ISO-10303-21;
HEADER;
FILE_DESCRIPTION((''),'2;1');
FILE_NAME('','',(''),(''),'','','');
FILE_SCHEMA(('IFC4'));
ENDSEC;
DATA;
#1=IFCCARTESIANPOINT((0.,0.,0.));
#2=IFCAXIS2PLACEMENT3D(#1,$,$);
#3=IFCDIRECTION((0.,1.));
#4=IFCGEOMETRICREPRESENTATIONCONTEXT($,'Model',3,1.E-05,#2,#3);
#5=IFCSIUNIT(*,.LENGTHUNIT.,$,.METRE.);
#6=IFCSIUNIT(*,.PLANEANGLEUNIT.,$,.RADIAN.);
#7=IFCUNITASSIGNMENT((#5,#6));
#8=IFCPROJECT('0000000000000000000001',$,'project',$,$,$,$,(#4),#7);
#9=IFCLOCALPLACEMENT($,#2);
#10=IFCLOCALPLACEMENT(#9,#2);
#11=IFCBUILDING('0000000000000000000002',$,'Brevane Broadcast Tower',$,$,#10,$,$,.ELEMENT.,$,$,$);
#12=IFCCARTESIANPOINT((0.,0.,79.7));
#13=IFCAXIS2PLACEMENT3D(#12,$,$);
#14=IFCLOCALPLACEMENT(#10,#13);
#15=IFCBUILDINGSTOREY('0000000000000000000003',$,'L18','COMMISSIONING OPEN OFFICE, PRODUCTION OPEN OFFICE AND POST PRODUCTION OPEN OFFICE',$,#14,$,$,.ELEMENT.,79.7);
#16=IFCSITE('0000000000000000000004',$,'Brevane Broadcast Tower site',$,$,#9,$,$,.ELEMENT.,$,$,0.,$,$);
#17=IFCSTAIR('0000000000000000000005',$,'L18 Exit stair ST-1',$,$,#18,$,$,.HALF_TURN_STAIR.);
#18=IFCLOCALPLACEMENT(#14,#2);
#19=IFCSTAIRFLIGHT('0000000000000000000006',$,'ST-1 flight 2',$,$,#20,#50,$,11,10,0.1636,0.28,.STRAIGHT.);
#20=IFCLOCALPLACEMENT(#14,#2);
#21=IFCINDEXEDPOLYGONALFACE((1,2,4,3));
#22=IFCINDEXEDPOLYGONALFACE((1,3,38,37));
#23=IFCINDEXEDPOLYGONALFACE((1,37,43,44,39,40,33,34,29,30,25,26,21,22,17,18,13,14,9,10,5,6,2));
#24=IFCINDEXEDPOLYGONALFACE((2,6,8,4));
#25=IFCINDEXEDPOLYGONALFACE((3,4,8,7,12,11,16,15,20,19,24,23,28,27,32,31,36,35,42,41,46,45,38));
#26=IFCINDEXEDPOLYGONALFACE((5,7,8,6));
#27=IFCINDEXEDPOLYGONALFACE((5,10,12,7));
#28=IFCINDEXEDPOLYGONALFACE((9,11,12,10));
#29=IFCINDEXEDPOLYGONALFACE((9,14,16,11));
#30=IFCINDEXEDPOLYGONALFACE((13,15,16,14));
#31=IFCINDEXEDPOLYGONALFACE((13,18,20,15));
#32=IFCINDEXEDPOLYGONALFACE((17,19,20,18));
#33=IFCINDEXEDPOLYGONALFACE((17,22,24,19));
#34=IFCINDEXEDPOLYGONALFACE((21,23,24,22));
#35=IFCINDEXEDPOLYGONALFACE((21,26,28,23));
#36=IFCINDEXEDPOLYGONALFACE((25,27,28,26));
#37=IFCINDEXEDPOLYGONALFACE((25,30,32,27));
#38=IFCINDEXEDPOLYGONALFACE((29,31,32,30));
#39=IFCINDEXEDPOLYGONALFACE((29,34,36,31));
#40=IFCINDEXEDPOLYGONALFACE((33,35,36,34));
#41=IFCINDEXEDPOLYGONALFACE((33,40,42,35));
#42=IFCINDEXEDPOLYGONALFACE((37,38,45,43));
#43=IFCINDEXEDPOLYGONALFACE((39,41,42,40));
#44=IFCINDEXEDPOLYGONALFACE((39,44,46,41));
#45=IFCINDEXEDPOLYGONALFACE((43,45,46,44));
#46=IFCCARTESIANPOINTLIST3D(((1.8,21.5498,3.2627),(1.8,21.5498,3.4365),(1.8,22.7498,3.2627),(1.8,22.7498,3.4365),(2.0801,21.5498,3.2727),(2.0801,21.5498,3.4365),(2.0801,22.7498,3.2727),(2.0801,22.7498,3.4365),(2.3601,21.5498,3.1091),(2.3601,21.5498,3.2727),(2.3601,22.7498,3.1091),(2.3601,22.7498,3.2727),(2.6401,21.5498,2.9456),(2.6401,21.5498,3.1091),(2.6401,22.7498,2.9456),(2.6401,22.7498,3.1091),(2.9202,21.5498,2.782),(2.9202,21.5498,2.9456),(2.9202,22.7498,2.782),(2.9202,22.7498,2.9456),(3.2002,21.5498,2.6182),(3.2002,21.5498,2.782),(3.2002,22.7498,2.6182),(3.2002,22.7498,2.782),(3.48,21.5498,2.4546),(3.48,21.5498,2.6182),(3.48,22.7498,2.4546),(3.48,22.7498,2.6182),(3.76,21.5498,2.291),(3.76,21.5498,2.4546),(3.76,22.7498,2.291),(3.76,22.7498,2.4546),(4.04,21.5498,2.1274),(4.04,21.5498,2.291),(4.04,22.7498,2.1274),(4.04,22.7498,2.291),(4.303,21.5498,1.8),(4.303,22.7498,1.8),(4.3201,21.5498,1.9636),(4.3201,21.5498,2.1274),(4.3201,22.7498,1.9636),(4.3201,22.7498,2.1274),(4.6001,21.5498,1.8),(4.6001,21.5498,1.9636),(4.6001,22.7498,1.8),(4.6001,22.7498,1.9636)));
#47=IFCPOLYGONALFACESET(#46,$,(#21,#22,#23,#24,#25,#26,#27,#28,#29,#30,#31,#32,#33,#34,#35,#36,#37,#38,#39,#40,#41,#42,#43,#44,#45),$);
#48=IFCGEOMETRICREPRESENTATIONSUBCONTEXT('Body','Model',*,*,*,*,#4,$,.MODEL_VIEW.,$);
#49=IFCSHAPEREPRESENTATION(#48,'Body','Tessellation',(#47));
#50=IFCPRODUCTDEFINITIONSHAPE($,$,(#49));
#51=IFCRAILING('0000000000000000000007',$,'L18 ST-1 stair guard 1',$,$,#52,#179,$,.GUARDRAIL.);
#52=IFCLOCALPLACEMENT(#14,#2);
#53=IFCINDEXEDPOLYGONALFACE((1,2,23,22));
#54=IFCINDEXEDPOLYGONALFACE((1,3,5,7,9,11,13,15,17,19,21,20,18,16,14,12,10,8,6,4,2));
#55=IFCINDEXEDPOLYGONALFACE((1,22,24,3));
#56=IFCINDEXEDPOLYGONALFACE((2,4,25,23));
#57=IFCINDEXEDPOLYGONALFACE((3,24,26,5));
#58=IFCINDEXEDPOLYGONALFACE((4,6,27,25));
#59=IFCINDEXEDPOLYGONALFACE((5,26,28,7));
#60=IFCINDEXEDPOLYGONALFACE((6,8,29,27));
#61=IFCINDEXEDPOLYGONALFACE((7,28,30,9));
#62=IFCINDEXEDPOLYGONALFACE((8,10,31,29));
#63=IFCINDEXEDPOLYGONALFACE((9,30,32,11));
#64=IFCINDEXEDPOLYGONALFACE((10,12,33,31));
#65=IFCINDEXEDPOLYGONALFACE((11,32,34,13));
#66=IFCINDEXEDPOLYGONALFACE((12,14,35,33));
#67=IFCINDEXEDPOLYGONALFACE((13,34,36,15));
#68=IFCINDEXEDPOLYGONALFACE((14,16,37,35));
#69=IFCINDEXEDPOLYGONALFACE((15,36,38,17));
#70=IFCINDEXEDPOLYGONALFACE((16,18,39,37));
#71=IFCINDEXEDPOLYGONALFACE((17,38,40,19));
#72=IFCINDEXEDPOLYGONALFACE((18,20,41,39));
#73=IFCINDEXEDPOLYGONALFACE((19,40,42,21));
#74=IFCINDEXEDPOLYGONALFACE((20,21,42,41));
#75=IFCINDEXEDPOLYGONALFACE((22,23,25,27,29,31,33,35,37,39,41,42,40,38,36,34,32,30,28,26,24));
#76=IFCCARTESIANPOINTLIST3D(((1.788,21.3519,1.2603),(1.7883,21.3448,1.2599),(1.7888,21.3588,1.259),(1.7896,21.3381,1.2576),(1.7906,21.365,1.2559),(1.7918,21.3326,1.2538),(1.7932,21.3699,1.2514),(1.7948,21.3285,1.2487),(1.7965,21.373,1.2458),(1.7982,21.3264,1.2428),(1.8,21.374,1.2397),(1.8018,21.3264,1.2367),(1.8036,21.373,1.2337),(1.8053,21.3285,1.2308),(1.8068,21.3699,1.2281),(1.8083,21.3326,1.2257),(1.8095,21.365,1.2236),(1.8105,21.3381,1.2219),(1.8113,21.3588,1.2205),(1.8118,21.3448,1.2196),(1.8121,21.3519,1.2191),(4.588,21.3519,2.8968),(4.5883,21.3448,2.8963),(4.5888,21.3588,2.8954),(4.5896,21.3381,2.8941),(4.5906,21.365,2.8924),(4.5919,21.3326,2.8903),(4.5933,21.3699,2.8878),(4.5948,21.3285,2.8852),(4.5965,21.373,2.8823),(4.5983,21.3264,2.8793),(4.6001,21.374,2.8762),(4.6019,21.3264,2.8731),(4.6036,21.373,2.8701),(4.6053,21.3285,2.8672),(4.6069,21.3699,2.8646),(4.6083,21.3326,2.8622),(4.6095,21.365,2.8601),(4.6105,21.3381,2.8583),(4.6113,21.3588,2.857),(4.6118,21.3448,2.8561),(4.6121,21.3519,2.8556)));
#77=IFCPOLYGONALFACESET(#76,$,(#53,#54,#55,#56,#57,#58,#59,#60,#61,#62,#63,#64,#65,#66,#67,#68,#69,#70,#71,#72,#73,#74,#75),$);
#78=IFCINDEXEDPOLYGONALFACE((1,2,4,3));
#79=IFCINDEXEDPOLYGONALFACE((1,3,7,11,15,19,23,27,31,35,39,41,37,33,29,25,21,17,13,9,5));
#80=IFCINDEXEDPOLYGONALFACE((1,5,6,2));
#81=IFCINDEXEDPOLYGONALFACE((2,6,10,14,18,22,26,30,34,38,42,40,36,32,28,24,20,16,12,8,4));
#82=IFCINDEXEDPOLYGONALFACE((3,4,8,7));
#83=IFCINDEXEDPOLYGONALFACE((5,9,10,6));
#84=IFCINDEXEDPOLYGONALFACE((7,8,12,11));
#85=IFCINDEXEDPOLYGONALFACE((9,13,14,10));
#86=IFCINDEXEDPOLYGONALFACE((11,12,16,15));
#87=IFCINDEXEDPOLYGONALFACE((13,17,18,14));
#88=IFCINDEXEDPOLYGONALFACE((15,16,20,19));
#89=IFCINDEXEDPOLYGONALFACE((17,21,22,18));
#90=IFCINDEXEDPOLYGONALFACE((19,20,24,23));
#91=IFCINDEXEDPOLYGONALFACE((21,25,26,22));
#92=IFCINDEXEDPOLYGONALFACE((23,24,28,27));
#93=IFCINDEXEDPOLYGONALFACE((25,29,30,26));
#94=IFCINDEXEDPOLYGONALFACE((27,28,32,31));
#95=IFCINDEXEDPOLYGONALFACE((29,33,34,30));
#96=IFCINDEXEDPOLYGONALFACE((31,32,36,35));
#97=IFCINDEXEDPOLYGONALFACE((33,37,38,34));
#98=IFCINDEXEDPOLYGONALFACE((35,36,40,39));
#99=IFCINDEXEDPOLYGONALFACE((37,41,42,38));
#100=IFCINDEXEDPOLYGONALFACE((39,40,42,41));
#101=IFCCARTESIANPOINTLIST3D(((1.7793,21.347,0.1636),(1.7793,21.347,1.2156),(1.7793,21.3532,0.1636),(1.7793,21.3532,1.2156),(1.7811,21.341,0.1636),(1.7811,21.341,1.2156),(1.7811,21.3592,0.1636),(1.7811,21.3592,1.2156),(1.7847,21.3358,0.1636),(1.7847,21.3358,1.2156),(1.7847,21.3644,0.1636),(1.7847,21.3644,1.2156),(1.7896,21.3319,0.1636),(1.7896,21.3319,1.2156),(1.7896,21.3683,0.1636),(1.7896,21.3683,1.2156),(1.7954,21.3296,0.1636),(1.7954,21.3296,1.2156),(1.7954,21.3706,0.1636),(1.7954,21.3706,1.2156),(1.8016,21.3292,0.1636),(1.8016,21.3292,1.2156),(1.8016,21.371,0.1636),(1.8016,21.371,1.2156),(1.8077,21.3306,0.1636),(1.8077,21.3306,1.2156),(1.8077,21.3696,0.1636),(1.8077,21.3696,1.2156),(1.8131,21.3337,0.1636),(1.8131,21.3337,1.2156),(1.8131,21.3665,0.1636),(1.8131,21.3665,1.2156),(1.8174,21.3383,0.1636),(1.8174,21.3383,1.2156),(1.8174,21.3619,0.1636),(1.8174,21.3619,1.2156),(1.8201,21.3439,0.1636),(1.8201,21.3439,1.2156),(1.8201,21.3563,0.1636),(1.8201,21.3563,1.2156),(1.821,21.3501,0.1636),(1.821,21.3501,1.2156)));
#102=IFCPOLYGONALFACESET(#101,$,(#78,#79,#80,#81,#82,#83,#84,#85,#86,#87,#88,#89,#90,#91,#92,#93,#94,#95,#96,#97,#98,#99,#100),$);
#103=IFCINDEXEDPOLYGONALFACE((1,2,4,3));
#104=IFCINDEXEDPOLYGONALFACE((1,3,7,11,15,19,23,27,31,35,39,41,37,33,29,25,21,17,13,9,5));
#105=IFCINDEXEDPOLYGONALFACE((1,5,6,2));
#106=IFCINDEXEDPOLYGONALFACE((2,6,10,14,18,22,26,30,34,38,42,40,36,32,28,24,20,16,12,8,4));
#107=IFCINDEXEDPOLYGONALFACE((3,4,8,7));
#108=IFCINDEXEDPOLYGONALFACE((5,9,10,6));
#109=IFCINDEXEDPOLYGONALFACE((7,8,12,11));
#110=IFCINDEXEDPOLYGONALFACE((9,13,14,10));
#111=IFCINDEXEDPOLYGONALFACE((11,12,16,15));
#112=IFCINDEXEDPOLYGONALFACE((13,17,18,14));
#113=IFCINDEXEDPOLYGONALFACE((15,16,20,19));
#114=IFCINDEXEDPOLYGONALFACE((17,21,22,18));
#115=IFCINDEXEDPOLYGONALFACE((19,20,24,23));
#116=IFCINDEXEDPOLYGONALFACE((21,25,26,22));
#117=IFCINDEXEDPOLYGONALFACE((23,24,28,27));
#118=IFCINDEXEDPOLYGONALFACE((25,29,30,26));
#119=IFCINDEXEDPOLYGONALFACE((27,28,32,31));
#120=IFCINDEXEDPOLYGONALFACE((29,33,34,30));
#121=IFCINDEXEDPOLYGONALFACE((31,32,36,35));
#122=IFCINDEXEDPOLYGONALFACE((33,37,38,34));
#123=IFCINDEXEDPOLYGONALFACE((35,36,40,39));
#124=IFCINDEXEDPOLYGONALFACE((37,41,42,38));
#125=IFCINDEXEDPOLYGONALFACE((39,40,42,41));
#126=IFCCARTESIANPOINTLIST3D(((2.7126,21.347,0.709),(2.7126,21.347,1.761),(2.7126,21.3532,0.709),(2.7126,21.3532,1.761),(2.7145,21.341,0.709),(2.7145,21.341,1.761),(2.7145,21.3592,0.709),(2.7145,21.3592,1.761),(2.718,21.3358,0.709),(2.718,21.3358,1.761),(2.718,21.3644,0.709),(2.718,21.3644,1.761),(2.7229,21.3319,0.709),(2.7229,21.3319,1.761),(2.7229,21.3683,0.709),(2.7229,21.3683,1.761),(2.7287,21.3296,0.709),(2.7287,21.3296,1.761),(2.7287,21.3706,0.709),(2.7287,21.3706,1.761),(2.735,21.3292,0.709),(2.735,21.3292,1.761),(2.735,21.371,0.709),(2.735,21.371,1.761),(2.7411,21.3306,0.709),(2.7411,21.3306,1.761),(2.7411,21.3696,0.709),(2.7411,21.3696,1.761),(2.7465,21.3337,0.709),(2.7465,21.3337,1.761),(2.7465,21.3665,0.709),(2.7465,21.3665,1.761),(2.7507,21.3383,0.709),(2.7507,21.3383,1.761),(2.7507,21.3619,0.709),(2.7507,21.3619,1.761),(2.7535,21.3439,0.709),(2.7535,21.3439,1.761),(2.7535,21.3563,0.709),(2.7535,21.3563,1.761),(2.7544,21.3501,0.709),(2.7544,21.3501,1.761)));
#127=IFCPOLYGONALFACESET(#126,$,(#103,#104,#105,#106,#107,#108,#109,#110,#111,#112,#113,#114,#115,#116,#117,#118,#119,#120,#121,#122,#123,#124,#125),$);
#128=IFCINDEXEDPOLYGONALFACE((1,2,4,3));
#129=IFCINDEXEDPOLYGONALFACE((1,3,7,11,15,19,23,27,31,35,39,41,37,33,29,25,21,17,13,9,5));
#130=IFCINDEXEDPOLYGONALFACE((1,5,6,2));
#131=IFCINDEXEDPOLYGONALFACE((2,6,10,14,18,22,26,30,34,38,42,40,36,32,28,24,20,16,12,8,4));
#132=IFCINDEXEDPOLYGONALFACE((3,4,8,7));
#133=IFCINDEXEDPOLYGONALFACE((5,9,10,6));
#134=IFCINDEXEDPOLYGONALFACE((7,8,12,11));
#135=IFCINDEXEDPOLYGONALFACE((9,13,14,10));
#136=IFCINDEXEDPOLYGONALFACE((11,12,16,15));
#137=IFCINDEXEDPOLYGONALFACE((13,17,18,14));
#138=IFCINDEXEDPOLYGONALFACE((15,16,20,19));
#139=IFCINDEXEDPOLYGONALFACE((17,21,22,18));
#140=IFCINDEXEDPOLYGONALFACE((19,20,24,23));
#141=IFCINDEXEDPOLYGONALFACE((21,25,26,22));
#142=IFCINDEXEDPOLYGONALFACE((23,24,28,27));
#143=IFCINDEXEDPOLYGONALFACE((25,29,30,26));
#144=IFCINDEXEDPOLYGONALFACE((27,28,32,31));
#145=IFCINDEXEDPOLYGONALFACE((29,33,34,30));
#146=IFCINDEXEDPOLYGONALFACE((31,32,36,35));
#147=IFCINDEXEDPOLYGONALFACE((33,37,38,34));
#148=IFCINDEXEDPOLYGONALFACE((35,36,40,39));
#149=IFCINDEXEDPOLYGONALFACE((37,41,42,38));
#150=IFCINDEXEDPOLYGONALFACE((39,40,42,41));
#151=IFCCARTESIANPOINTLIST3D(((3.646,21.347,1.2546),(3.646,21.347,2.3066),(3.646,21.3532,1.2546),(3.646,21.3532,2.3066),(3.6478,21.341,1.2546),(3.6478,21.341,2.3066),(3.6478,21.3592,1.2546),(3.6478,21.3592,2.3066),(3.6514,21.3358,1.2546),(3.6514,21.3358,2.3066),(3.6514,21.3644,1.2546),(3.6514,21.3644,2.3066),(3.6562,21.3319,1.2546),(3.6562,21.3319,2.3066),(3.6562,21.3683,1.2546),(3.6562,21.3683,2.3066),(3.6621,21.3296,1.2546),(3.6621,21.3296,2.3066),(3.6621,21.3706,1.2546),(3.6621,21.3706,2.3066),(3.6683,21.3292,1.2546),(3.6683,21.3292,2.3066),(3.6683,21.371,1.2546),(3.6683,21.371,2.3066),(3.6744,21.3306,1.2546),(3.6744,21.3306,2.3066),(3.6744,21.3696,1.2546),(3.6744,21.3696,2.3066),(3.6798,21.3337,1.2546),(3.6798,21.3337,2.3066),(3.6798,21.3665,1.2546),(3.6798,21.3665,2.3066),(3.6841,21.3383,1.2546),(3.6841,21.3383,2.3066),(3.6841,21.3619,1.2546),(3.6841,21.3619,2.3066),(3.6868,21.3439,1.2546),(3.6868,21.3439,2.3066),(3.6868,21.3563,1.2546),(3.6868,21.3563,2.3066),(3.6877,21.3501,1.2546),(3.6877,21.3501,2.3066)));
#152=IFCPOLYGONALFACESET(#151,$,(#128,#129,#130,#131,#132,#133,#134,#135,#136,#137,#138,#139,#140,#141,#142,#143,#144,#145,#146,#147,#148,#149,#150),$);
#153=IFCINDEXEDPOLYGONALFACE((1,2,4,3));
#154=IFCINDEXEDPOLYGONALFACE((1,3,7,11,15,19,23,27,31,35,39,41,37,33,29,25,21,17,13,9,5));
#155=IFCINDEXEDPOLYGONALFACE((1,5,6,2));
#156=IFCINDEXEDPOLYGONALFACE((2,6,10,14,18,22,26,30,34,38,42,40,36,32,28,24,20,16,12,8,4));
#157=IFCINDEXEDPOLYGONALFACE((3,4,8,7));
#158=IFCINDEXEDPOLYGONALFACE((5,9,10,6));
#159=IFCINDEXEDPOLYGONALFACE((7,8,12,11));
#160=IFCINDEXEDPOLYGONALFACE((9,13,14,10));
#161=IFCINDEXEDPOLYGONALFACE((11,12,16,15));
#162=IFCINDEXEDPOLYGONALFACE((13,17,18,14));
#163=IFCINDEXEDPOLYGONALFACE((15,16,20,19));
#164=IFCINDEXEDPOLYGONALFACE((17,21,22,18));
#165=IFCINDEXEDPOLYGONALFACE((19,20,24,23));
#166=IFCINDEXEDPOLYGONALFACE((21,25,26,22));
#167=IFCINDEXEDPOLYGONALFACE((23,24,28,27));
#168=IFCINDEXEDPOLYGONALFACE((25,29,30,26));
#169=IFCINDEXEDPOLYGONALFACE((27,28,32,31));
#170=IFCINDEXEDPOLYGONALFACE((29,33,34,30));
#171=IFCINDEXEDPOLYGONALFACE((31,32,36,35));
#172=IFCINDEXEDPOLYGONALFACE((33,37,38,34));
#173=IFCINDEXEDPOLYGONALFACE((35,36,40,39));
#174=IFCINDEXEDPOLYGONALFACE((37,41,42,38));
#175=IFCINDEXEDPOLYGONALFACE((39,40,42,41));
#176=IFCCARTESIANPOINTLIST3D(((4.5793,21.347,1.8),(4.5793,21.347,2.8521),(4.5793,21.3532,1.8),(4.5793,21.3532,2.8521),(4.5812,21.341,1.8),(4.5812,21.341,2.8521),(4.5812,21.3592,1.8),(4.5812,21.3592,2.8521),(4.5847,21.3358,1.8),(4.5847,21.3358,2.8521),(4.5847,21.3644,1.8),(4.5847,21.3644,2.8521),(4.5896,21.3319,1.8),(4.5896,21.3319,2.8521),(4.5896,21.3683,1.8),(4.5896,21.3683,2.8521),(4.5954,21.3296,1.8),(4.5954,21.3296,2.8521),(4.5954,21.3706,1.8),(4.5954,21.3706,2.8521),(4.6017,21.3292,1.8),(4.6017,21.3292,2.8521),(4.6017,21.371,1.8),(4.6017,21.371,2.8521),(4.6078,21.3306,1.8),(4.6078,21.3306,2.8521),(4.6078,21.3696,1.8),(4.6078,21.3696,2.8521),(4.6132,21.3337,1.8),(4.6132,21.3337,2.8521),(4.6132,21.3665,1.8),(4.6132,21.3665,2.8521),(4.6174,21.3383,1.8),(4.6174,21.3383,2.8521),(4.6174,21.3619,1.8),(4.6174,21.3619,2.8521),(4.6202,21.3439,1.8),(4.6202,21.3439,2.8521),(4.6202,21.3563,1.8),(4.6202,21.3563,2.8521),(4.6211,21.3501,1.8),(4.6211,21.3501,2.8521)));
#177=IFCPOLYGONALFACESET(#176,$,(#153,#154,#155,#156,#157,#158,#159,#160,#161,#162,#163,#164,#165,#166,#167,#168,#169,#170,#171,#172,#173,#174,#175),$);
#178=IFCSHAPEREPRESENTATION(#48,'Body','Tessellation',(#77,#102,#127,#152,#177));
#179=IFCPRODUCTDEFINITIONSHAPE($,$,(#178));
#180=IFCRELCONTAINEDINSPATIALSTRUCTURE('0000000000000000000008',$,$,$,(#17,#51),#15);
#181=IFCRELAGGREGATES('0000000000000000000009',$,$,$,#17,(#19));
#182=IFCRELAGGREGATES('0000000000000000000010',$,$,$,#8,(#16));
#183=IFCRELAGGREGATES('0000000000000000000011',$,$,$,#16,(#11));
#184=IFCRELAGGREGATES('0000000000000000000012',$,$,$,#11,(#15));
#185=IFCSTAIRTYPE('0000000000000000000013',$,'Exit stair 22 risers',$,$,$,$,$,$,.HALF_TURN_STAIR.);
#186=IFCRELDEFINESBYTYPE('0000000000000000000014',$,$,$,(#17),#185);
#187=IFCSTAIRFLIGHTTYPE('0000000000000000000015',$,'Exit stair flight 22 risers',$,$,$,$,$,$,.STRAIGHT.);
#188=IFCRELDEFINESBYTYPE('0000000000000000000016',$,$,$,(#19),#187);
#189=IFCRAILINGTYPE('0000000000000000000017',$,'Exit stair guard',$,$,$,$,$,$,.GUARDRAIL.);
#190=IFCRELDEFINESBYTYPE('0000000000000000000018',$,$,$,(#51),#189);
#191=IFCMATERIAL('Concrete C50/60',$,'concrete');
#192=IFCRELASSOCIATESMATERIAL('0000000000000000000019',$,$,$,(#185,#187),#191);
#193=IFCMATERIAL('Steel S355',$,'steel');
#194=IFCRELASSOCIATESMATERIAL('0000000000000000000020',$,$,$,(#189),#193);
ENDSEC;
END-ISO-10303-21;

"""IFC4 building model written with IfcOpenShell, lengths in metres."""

from ifc_helpers import new_model, si_unit, direction, frame, origin, origin_2d, place, context, subcontext, project, spatial, polyline, circle, outline, extrude, material, type_object, element, aggregate, save


model = new_model("IFC4")

# Units and contexts
model_context = context("Model", 3, precision=1e-05, world=origin(), true_north=direction((0.0, 1.0)))
body_context = subcontext(model_context, "Body", "Model", "MODEL_VIEW")
ifc_project = project(units=[si_unit("LENGTHUNIT", "METRE"), si_unit("PLANEANGLEUNIT", "RADIAN")], contexts=[model_context])

# Site, building, storey
site_placement = place(None, origin())
site = spatial("IfcSite", under=ifc_project, at=site_placement, Name="Brevane Broadcast Tower site", CompositionType="ELEMENT", RefElevation=0.0)
building_placement = place(site_placement, origin())
building = spatial("IfcBuilding", under=site, at=building_placement, Name="Brevane Broadcast Tower", CompositionType="ELEMENT")
storey_placement = place(building_placement, frame((0.0, 0.0, 79.7)))
storey = spatial("IfcBuildingStorey", under=building, at=storey_placement, Name="L18", Description="COMMISSIONING OPEN OFFICE, PRODUCTION OPEN OFFICE AND POST PRODUCTION OPEN OFFICE", CompositionType="ELEMENT", Elevation=79.7)

# Stair, stair flight
ifc_material_1 = material(Name="Concrete C50/60", Category="concrete")
stair_type = type_object("IfcStairType", Name="Exit stair 22 risers", PredefinedType="HALF_TURN_STAIR", material=ifc_material_1)
stair_placement = place(storey_placement, origin())
stair = element("IfcStair", 1, at=stair_placement, inside=storey, type_object=stair_type, Name="L18 Exit stair ST-1", PredefinedType="HALF_TURN_STAIR")
stair_flight_type = type_object("IfcStairFlightType", Name="Exit stair flight 22 risers", PredefinedType="STRAIGHT", material=ifc_material_1)
stair_flight_1_placement = place(storey_placement, frame((4.6001, 22.1499, 1.8), z_axis=(0.0, 0.0, 1.0), x_axis=(-1.0, 0.0, 0.0)))
stair_flight_1 = element("IfcStairFlight", 2, at=stair_flight_1_placement, type_object=stair_flight_type, Name="ST-1 flight 2", NumberOfRisers=11, NumberOfTreads=10, PredefinedType="STRAIGHT", RiserHeight=0.1636, TreadLength=0.28, context=body_context, shape_type="SweptSolid", body=[
    extrude(outline(polyline([(0.0, 0.0), (0.0, 0.1636), (0.28, 0.1636), (0.28, 0.3274), (0.5601, 0.3274), (0.5601, 0.491), (0.8401, 0.491), (0.8401, 0.6545), (1.1201, 0.6545), (1.1201, 0.8181), (1.3999, 0.8181), (1.3999, 0.9819), (1.6799, 0.9819), (1.6799, 1.1455), (1.96, 1.1455), (1.96, 1.3091), (2.24, 1.3091), (2.24, 1.4727), (2.52, 1.4727), (2.52, 1.6365), (2.8, 1.6365), (2.8, 1.8), (2.8, 1.4626), (0.2971, 0.0), (0.0, 0.0)])), frame((0.0, 0.6001, 0.0), z_axis=(0.0, -1.0, 0.0), x_axis=(1.0, 0.0, 0.0)), (0.0, 0.0, 1.0), 1.2),
])
aggregate(stair, [stair_flight_1])

# Railing
ifc_material_2 = material(Name="Steel S355", Category="steel")
railing_type_1 = type_object("IfcRailingType", Name="Exit stair guard", PredefinedType="GUARDRAIL", material=ifc_material_2)
railing_1_placement = place(storey_placement, frame((1.8, 21.3501, 0.1636)))
element("IfcRailing", 3, at=railing_1_placement, inside=storey, type_object=railing_type_1, Name="L18 ST-1 stair guard 1", PredefinedType="GUARDRAIL", context=body_context, shape_type="SweptSolid", body=[
    extrude(circle(Radius=0.0239, at=origin_2d()), frame((0.0, 0.0, 1.0762), z_axis=(0.863361, 0.0, 0.504587), x_axis=(0.0, 1.0, 0.0)), (0.0, 0.0, 1.0), 3.2432),
    extrude(circle(Radius=0.021, at=origin_2d()), origin(), (0.0, 0.0, 1.0), 1.052),
    extrude(circle(Radius=0.021, at=origin_2d()), frame((0.9333, 0.0, 0.5454)), (0.0, 0.0, 1.0), 1.052),
    extrude(circle(Radius=0.021, at=origin_2d()), frame((1.8667, 0.0, 1.0911)), (0.0, 0.0, 1.0), 1.052),
    extrude(circle(Radius=0.021, at=origin_2d()), frame((2.8, 0.0, 1.6365)), (0.0, 0.0, 1.0), 1.052),
])

save(model, "model.ifc")
